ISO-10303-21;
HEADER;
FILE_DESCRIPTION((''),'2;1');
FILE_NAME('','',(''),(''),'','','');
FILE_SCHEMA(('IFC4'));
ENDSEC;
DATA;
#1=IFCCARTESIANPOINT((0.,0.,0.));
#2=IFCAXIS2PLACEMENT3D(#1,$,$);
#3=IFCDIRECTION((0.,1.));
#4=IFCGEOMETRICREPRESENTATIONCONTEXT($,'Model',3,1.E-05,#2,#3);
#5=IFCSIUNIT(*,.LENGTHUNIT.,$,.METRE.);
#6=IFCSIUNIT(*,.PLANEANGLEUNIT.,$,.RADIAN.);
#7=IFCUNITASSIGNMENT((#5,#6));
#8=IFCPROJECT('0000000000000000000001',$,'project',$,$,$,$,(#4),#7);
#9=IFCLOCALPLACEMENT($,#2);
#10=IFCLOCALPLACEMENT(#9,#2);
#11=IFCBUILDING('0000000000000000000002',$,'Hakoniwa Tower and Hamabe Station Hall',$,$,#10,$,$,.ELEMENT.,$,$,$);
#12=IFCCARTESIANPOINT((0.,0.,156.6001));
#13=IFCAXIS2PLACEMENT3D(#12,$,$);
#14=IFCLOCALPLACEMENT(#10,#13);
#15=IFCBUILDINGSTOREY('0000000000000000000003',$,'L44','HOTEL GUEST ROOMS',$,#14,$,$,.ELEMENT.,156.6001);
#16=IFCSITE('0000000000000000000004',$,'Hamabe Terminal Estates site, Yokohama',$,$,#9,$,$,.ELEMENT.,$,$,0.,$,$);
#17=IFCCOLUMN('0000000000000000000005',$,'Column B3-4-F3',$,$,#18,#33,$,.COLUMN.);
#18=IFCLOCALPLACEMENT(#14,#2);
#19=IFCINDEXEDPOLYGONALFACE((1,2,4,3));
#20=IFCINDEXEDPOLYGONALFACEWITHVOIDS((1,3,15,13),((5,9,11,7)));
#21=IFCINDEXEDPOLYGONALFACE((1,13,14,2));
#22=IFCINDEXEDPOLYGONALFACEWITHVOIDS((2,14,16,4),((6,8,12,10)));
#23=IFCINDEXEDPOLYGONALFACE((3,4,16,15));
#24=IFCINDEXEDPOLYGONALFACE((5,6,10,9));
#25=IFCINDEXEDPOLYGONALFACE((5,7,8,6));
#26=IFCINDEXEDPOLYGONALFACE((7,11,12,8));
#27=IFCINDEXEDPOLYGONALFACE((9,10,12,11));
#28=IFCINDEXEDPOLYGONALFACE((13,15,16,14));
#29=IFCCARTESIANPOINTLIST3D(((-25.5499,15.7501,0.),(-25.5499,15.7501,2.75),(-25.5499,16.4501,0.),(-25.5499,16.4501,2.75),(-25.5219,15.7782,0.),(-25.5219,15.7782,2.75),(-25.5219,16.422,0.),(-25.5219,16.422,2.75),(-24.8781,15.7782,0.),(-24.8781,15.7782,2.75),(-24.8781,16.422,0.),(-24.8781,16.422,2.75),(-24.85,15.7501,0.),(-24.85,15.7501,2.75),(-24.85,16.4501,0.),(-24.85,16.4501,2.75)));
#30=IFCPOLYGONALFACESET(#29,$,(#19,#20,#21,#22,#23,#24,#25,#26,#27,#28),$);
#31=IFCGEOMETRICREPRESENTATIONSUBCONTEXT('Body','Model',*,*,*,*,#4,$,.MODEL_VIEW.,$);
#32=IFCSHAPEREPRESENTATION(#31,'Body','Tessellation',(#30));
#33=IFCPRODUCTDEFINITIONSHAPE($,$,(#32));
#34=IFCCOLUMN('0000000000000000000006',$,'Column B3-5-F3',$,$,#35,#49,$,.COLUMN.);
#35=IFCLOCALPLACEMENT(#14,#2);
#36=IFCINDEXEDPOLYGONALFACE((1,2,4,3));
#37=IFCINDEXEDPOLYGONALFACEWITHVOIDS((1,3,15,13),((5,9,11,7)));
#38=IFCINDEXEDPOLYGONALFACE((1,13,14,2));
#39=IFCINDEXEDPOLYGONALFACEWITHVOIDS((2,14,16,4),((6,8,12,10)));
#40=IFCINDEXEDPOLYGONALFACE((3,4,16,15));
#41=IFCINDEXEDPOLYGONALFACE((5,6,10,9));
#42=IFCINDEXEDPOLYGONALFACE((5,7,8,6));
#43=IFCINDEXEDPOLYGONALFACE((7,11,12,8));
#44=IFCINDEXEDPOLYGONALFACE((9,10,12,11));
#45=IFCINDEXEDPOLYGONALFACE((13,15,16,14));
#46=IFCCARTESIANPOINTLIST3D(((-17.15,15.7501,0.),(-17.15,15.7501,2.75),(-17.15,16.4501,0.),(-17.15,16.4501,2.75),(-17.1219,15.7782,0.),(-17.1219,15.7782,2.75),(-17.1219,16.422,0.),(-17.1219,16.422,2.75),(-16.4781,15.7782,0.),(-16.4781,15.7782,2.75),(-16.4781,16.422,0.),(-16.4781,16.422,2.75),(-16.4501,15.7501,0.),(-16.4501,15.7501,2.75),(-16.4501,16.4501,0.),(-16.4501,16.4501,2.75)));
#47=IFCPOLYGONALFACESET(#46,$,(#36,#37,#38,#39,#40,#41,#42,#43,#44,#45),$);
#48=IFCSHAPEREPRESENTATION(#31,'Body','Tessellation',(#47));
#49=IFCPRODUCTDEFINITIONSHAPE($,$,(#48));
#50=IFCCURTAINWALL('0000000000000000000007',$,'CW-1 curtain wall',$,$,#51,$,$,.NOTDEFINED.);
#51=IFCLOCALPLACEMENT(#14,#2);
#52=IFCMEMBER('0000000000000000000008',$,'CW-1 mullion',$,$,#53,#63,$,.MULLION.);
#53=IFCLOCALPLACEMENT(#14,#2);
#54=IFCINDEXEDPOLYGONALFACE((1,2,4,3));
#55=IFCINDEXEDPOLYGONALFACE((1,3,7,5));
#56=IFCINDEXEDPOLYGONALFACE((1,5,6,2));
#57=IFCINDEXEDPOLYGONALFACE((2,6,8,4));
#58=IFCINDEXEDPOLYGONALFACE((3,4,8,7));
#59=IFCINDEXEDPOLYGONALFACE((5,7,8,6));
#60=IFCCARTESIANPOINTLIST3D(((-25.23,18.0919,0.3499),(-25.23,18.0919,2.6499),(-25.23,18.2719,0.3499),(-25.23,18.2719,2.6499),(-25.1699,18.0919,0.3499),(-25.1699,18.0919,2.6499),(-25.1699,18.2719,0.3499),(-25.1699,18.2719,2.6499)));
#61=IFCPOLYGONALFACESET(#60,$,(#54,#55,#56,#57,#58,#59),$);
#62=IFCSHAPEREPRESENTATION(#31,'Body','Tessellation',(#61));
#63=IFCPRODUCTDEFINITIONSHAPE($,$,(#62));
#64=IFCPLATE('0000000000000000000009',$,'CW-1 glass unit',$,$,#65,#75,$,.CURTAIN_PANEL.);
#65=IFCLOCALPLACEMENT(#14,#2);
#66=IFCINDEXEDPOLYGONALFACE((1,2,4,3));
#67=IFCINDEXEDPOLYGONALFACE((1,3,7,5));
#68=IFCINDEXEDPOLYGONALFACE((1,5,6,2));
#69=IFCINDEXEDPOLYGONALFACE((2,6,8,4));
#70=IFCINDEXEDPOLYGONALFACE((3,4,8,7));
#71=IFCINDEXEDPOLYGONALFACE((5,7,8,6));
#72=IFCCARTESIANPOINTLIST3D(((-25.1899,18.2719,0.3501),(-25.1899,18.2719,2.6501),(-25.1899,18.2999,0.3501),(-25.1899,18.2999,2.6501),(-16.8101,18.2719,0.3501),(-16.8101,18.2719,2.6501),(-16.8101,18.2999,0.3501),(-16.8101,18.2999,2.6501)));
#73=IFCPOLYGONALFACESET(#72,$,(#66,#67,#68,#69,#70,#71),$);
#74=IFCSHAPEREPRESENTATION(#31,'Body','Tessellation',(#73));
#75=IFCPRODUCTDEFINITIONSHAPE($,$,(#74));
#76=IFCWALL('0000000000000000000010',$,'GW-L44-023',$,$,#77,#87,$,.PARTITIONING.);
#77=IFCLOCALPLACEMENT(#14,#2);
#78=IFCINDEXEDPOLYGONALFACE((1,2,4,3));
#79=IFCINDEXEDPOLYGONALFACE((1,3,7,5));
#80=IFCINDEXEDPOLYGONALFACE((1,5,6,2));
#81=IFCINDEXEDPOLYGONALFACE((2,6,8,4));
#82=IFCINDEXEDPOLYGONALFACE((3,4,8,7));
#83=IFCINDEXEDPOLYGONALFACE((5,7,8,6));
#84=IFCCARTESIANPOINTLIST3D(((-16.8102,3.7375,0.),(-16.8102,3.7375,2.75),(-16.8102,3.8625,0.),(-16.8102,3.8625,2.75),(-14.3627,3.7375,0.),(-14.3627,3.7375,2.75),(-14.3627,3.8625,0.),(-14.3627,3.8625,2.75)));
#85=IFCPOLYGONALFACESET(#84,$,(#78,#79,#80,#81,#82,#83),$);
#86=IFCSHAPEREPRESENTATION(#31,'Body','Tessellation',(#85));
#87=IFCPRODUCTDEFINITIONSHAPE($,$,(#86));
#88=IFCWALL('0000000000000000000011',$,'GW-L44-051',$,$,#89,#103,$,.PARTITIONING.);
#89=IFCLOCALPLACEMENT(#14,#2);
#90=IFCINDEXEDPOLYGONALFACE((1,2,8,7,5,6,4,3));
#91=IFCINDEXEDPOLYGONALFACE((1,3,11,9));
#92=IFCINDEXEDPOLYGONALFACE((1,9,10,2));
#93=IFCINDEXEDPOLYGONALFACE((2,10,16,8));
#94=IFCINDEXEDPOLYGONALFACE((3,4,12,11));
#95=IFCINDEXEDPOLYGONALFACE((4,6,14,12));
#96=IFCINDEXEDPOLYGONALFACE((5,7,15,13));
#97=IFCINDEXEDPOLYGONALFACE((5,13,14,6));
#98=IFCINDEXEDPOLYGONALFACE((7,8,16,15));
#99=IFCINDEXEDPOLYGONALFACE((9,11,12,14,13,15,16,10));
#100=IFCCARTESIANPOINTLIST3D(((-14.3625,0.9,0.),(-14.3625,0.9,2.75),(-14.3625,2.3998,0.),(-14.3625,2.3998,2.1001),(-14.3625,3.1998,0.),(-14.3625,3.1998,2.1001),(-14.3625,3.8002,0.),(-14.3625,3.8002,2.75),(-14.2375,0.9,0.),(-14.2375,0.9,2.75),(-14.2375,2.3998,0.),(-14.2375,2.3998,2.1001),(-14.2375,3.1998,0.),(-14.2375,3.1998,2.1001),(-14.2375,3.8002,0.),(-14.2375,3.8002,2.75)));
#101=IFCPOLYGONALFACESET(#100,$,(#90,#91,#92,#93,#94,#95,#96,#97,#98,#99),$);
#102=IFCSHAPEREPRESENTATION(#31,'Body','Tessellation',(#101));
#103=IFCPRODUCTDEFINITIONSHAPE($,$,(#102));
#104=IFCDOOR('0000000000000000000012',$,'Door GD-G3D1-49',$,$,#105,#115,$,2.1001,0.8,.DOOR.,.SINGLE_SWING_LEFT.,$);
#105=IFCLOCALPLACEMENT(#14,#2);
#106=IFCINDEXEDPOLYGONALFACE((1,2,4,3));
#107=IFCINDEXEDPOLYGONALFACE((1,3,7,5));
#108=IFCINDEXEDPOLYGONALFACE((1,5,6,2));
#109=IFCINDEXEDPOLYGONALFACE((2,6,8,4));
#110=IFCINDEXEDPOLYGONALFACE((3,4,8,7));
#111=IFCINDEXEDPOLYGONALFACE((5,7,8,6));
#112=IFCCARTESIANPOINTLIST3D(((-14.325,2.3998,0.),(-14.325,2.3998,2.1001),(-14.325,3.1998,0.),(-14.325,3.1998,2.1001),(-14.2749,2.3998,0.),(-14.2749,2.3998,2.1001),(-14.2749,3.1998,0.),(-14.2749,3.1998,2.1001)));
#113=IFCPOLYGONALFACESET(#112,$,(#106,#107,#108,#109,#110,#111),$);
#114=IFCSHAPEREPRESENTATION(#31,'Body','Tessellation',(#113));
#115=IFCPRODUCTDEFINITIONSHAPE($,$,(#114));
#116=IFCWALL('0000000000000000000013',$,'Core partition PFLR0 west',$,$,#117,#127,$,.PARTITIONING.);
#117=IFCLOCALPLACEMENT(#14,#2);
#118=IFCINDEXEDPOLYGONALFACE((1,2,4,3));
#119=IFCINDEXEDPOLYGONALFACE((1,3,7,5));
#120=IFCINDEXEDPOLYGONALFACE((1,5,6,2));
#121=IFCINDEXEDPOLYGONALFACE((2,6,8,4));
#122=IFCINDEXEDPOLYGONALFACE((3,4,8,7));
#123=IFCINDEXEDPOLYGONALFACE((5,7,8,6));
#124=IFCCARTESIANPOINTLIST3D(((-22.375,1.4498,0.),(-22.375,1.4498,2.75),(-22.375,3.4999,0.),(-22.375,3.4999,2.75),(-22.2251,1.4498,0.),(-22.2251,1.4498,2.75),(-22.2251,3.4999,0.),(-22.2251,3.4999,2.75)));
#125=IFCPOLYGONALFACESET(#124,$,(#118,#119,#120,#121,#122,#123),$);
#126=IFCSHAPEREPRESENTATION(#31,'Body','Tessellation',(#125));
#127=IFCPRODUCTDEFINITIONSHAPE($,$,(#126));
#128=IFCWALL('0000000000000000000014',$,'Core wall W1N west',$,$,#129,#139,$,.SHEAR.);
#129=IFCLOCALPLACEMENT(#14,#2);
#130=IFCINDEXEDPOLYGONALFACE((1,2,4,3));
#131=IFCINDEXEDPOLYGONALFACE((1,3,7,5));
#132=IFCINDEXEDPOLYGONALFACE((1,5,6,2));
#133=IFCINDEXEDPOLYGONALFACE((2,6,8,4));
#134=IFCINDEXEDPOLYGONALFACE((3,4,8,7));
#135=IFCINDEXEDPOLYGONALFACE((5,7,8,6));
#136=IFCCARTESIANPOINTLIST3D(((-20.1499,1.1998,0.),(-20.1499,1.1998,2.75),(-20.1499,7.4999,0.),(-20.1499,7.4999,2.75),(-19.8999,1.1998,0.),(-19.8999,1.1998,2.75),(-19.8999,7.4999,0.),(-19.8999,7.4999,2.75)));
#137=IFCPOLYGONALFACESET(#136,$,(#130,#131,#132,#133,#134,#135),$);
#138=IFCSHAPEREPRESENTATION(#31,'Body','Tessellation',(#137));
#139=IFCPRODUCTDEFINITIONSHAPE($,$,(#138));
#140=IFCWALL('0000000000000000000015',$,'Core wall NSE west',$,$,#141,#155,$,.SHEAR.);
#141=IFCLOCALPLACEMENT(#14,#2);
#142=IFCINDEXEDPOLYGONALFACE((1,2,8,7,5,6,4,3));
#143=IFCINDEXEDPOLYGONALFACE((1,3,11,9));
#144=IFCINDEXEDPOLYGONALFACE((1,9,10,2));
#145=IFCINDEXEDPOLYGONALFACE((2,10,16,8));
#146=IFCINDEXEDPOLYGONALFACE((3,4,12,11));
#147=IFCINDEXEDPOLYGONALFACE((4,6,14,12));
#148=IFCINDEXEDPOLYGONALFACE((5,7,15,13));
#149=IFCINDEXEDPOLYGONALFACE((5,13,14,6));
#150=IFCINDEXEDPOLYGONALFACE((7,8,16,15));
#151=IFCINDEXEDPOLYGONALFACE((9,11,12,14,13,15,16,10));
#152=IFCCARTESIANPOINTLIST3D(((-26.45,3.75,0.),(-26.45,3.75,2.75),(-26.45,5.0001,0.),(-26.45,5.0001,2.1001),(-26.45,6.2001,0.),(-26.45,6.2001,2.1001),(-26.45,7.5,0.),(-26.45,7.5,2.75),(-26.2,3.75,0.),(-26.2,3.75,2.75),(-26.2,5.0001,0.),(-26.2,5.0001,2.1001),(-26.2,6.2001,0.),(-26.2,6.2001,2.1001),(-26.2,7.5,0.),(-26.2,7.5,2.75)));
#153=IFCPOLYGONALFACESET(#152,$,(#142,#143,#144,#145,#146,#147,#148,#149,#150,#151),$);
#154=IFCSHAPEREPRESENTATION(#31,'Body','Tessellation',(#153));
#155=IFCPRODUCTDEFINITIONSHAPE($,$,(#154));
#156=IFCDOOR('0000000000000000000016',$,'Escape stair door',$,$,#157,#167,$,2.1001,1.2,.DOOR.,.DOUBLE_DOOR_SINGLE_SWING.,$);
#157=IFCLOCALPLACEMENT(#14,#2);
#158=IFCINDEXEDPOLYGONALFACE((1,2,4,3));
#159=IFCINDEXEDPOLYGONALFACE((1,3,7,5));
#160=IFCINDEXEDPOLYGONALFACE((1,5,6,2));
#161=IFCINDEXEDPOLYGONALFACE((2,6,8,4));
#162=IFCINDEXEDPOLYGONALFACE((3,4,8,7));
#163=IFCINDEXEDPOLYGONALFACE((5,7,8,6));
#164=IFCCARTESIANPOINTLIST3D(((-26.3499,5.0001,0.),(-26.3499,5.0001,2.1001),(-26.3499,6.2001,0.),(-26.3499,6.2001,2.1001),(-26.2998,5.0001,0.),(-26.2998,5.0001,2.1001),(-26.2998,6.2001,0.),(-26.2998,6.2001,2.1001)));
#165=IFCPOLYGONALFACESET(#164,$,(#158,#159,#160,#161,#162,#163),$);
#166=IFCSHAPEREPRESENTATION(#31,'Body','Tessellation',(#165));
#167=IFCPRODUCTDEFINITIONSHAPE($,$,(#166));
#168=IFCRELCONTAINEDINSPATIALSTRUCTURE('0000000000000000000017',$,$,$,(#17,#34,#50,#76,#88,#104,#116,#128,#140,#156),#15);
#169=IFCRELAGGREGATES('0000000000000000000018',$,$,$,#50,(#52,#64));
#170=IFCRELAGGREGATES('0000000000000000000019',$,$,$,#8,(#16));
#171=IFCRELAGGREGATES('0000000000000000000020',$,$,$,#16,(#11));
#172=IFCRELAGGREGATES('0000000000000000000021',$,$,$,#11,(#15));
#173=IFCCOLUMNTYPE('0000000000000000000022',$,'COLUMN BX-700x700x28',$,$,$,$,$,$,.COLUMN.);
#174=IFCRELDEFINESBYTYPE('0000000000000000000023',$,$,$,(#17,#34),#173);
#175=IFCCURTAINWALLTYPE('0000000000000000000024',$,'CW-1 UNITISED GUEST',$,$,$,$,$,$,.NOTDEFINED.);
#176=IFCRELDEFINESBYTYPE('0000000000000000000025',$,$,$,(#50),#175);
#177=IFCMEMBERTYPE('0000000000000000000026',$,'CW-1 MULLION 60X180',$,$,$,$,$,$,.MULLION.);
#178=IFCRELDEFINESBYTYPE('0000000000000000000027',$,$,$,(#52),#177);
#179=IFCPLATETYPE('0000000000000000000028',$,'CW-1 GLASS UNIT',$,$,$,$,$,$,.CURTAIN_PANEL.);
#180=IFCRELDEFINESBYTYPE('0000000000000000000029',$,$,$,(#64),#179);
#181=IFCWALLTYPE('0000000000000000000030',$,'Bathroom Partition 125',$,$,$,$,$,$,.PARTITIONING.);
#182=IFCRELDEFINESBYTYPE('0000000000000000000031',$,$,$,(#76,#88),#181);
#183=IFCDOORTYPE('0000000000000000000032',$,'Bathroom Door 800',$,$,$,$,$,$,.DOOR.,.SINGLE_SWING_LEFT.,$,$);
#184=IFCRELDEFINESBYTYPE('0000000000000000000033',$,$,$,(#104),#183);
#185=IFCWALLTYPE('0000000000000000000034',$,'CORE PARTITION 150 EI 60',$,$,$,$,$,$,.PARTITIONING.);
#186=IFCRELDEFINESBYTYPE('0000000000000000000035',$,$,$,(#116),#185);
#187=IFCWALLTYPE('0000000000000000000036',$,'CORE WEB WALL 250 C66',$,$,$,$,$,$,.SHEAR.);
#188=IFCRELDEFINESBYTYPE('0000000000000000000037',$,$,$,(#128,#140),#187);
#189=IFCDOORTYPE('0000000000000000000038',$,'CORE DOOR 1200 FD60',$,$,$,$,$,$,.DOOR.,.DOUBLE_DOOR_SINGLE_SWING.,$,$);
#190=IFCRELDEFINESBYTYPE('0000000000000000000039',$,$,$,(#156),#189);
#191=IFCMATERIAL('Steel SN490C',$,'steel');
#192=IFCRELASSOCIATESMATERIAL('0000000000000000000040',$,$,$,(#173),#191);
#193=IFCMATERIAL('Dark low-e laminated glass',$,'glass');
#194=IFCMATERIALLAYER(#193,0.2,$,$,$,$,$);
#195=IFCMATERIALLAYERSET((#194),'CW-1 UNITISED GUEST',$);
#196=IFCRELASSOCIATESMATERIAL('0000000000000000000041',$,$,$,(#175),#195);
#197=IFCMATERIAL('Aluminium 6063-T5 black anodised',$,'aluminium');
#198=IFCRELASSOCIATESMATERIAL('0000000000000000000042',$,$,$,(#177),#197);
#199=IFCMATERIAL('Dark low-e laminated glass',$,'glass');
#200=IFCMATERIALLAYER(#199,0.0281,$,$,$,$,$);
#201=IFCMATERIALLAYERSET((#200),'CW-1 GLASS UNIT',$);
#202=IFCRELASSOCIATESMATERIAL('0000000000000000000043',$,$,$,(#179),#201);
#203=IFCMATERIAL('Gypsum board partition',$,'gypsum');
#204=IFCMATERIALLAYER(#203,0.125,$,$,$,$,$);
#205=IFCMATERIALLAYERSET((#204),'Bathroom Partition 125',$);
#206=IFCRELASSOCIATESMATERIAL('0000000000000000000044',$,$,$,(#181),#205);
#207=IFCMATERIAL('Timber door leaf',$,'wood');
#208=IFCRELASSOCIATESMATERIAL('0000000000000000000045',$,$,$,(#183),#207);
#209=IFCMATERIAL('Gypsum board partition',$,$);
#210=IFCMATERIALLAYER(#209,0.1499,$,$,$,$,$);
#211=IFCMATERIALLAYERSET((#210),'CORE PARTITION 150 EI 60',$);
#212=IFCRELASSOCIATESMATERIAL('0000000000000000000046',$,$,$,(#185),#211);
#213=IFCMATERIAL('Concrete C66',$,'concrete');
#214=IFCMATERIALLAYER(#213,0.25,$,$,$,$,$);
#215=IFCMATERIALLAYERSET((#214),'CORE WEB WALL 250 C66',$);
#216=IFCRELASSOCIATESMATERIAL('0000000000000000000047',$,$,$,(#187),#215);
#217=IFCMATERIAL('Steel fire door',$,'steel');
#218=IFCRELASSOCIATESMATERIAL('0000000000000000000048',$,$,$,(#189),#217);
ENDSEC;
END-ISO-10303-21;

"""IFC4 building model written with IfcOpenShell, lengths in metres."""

from ifc_helpers import new_model, si_unit, direction, frame, frame_2d, origin, origin_2d, place, context, subcontext, project, spatial, rectangle, hollow_rectangle, extrude, material, layer, layer_set, material_profile, profile_set, type_object, element, fill, aggregate, save


model = new_model("IFC4")

# Units and contexts
model_context = context("Model", 3, precision=1e-05, world=origin(), true_north=direction((0.0, 1.0)))
body_context = subcontext(model_context, "Body", "Model", "MODEL_VIEW")
ifc_project = project(units=[si_unit("LENGTHUNIT", "METRE"), si_unit("PLANEANGLEUNIT", "RADIAN")], contexts=[model_context])

# Site, building, storey
site_placement = place(None, origin())
site = spatial("IfcSite", under=ifc_project, at=site_placement, Name="Hamabe Terminal Estates site, Yokohama", CompositionType="ELEMENT", RefElevation=0.0)
building_placement = place(site_placement, origin())
building = spatial("IfcBuilding", under=site, at=building_placement, Name="Hakoniwa Tower and Hamabe Station Hall", CompositionType="ELEMENT")
storey_placement = place(building_placement, frame((0.0, 0.0, 156.6001)))
storey = spatial("IfcBuildingStorey", under=building, at=storey_placement, Name="L44", Description="HOTEL GUEST ROOMS", CompositionType="ELEMENT", Elevation=156.6001)

# Columns
ifc_material_1 = material(Name="Steel SN490C", Category="steel")
ifc_material_profile_1 = material_profile(ifc_material_1, hollow_rectangle(XDim=0.7, YDim=0.7, WallThickness=0.0281, at=origin_2d()), Name="BX-700x700x28")
ifc_profile_set_1 = profile_set([ifc_material_profile_1], Name="Steel SN490C")
column_type = type_object("IfcColumnType", Name="COLUMN BX-700x700x28", PredefinedType="COLUMN", material=ifc_profile_set_1)
for number, where, z_axis, x_axis, name in (
    (1, (-25.2, 16.1001, 0.0), (0.0, 0.0, 1.0), (1.0, 0.0, 0.0), "Column B3-4-F3"),
    (2, (-16.8, 16.1001, 0.0), (0.0, 0.0, 1.0), (1.0, 0.0, 0.0), "Column B3-5-F3"),
):
    element("IfcColumn", number, at=place(storey_placement, frame(where, z_axis=z_axis, x_axis=x_axis)), inside=storey, type_object=column_type, Name=name, PredefinedType="COLUMN", context=body_context, shape_type="SweptSolid", body=[
        extrude(hollow_rectangle(XDim=0.7, YDim=0.7, WallThickness=0.0281, at=origin_2d()), origin(), (0.0, 0.0, 1.0), 2.75),
    ])

# Curtain wall, member, plate
ifc_material_2 = material(Name="Dark low-e laminated glass", Category="glass")
ifc_layer_1 = layer(ifc_material_2, 0.2)
ifc_layer_set_1 = layer_set([ifc_layer_1], Name="CW-1 UNITISED GUEST")
curtain_wall_type = type_object("IfcCurtainWallType", Name="CW-1 UNITISED GUEST", PredefinedType="NOTDEFINED", material=ifc_layer_set_1)
curtain_wall_placement = place(storey_placement, origin())
curtain_wall = element("IfcCurtainWall", 3, at=curtain_wall_placement, inside=storey, type_object=curtain_wall_type, Name="CW-1 curtain wall", PredefinedType="NOTDEFINED")
ifc_material_3 = material(Name="Aluminium 6063-T5 black anodised", Category="aluminium")
ifc_material_profile_2 = material_profile(ifc_material_3, rectangle(XDim=0.0601, YDim=0.1799, at=origin_2d()), Name="CW-1 MULLION 60X180")
ifc_profile_set_2 = profile_set([ifc_material_profile_2], Name="Aluminium 6063-T5 black anodised")
member_type = type_object("IfcMemberType", Name="CW-1 MULLION 60X180", PredefinedType="MULLION", material=ifc_profile_set_2)
member_placement = place(storey_placement, frame((-25.2, 18.1819, 0.3499), z_axis=(0.0, 0.0, 1.0), x_axis=(-1.0, 0.0, 0.0)))
member = element("IfcMember", 4, at=member_placement, type_object=member_type, Name="CW-1 mullion", PredefinedType="MULLION", context=body_context, shape_type="SweptSolid", body=[
    extrude(rectangle(XDim=0.0601, YDim=0.1799, at=origin_2d()), origin(), (0.0, 0.0, 1.0), 2.3),
])
ifc_material_4 = material(Name="Dark low-e laminated glass", Category="glass")
ifc_layer_2 = layer(ifc_material_4, 0.0281)
ifc_layer_set_2 = layer_set([ifc_layer_2], Name="CW-1 GLASS UNIT")
plate_type = type_object("IfcPlateType", Name="CW-1 GLASS UNIT", PredefinedType="CURTAIN_PANEL", material=ifc_layer_set_2)
plate_placement = place(storey_placement, frame((-21.0, 18.2859, 0.3501), z_axis=(0.0, 0.0, 1.0), x_axis=(-1.0, 0.0, 0.0)))
plate = element("IfcPlate", 5, at=plate_placement, type_object=plate_type, Name="CW-1 glass unit", PredefinedType="CURTAIN_PANEL", context=body_context, shape_type="SweptSolid", body=[
    extrude(rectangle(XDim=8.3799, YDim=0.0281, at=origin_2d()), origin(), (0.0, 0.0, 1.0), 2.3),
])
aggregate(curtain_wall, [member, plate])

# Wall
ifc_material_5 = material(Name="Gypsum board partition", Category="gypsum")
ifc_layer_3 = layer(ifc_material_5, 0.125)
ifc_layer_set_3 = layer_set([ifc_layer_3], Name="Bathroom Partition 125")
wall_type_1 = type_object("IfcWallType", Name="Bathroom Partition 125", PredefinedType="PARTITIONING", material=ifc_layer_set_3)
wall_1_placement = place(storey_placement, frame((-16.8101, 3.8, 0.0), z_axis=(0.0, 0.0, 1.0), x_axis=(1.0, 0.0, 0.0)))
element("IfcWall", 6, at=wall_1_placement, inside=storey, type_object=wall_type_1, Name="GW-L44-023", PredefinedType="PARTITIONING", context=body_context, shape_type="SweptSolid", body=[
    extrude(rectangle(XDim=2.4475, YDim=0.125, at=frame_2d((1.2236, 0.0))), origin(), (0.0, 0.0, 1.0), 2.75),
])

# Wall, opening, door
wall_2_placement = place(storey_placement, frame((-14.3, 0.8999, 0.0), z_axis=(0.0, 0.0, 1.0), x_axis=(0.0, 1.0, 0.0)))
wall_2 = element("IfcWall", 7, at=wall_2_placement, inside=storey, type_object=wall_type_1, Name="GW-L44-051", PredefinedType="PARTITIONING", context=body_context, shape_type="SweptSolid", body=[
    extrude(rectangle(XDim=2.9001, YDim=0.125, at=frame_2d((1.4502, 0.0))), origin(), (0.0, 0.0, 1.0), 2.75),
])
opening_1_placement = place(wall_2_placement, frame((1.5, 0.0, 0.0)))
opening_1 = element("IfcOpeningElement", 8, at=opening_1_placement, cuts=wall_2, PredefinedType="OPENING", context=body_context, shape_type="SweptSolid", body=[
    extrude(rectangle(XDim=0.8, YDim=2.1001, at=frame_2d((0.3999, 1.05))), frame((0.0, 0.0725, 0.0), z_axis=(0.0, -1.0, 0.0), x_axis=(1.0, 0.0, 0.0)), (0.0, 0.0, 1.0), 0.145),
])
ifc_material_6 = material(Name="Timber door leaf", Category="wood")
door_type_1 = type_object("IfcDoorType", Name="Bathroom Door 800", OperationType="SINGLE_SWING_LEFT", PredefinedType="DOOR", material=ifc_material_6)
door_1_placement = place(opening_1_placement, origin())
door_1 = element("IfcDoor", 9, at=door_1_placement, inside=storey, type_object=door_type_1, Name="Door GD-G3D1-49", OperationType="SINGLE_SWING_LEFT", OverallHeight=2.1001, OverallWidth=0.8, PredefinedType="DOOR", context=body_context, shape_type="SweptSolid", body=[
    extrude(rectangle(XDim=0.8, YDim=2.1001, at=frame_2d((0.3999, 1.05))), frame((0.0, 0.0249, 0.0), z_axis=(0.0, -1.0, 0.0), x_axis=(1.0, 0.0, 0.0)), (0.0, 0.0, 1.0), 0.05),
])
fill(opening_1, door_1)

# Walls
ifc_material_7 = material(Name="Gypsum board partition")
ifc_layer_4 = layer(ifc_material_7, 0.1499)
ifc_layer_set_4 = layer_set([ifc_layer_4], Name="CORE PARTITION 150 EI 60")
wall_type_2 = type_object("IfcWallType", Name="CORE PARTITION 150 EI 60", PredefinedType="PARTITIONING", material=ifc_layer_set_4)
wall_3_placement = place(storey_placement, frame((-22.3, 1.45, 0.0), z_axis=(0.0, 0.0, 1.0), x_axis=(0.0, 1.0, 0.0)))
element("IfcWall", 10, at=wall_3_placement, inside=storey, type_object=wall_type_2, Name="Core partition PFLR0 west", PredefinedType="PARTITIONING", context=body_context, shape_type="SweptSolid", body=[
    extrude(rectangle(XDim=2.05, YDim=0.1499, at=frame_2d((1.0249, 0.0))), origin(), (0.0, 0.0, 1.0), 2.75),
])
ifc_material_8 = material(Name="Concrete C66", Category="concrete")
ifc_layer_5 = layer(ifc_material_8, 0.25)
ifc_layer_set_5 = layer_set([ifc_layer_5], Name="CORE WEB WALL 250 C66")
wall_type_3 = type_object("IfcWallType", Name="CORE WEB WALL 250 C66", PredefinedType="SHEAR", material=ifc_layer_set_5)
wall_4_placement = place(storey_placement, frame((-20.0249, 1.2, 0.0), z_axis=(0.0, 0.0, 1.0), x_axis=(0.0, 1.0, 0.0)))
element("IfcWall", 11, at=wall_4_placement, inside=storey, type_object=wall_type_3, Name="Core wall W1N west", PredefinedType="SHEAR", context=body_context, shape_type="SweptSolid", body=[
    extrude(rectangle(XDim=6.3, YDim=0.25, at=frame_2d((3.1499, 0.0))), origin(), (0.0, 0.0, 1.0), 2.75),
])

# Wall, opening, door
wall_5_placement = place(storey_placement, frame((-26.325, 3.75, 0.0), z_axis=(0.0, 0.0, 1.0), x_axis=(0.0, 1.0, 0.0)))
wall_5 = element("IfcWall", 12, at=wall_5_placement, inside=storey, type_object=wall_type_3, Name="Core wall NSE west", PredefinedType="SHEAR", context=body_context, shape_type="SweptSolid", body=[
    extrude(rectangle(XDim=3.75, YDim=0.25, at=frame_2d((1.875, 0.0))), origin(), (0.0, 0.0, 1.0), 2.75),
])
opening_2_placement = place(wall_5_placement, frame((1.25, 0.0, 0.0)))
opening_2 = element("IfcOpeningElement", 13, at=opening_2_placement, cuts=wall_5, PredefinedType="OPENING", context=body_context, shape_type="SweptSolid", body=[
    extrude(rectangle(XDim=1.2, YDim=2.1001, at=frame_2d((0.6001, 1.05))), frame((0.0, 0.135, 0.0), z_axis=(0.0, -1.0, 0.0), x_axis=(1.0, 0.0, 0.0)), (0.0, 0.0, 1.0), 0.27),
])
ifc_material_9 = material(Name="Steel fire door", Category="steel")
door_type_2 = type_object("IfcDoorType", Name="CORE DOOR 1200 FD60", OperationType="DOUBLE_DOOR_SINGLE_SWING", PredefinedType="DOOR", material=ifc_material_9)
door_2_placement = place(opening_2_placement, origin())
door_2 = element("IfcDoor", 14, at=door_2_placement, inside=storey, type_object=door_type_2, Name="Escape stair door", OperationType="DOUBLE_DOOR_SINGLE_SWING", OverallHeight=2.1001, OverallWidth=1.2, PredefinedType="DOOR", context=body_context, shape_type="SweptSolid", body=[
    extrude(rectangle(XDim=1.2, YDim=2.1001, at=frame_2d((0.6001, 1.05))), frame((0.0, 0.0249, 0.0), z_axis=(0.0, -1.0, 0.0), x_axis=(1.0, 0.0, 0.0)), (0.0, 0.0, 1.0), 0.05),
])
fill(opening_2, door_2)

save(model, "model.ifc")
